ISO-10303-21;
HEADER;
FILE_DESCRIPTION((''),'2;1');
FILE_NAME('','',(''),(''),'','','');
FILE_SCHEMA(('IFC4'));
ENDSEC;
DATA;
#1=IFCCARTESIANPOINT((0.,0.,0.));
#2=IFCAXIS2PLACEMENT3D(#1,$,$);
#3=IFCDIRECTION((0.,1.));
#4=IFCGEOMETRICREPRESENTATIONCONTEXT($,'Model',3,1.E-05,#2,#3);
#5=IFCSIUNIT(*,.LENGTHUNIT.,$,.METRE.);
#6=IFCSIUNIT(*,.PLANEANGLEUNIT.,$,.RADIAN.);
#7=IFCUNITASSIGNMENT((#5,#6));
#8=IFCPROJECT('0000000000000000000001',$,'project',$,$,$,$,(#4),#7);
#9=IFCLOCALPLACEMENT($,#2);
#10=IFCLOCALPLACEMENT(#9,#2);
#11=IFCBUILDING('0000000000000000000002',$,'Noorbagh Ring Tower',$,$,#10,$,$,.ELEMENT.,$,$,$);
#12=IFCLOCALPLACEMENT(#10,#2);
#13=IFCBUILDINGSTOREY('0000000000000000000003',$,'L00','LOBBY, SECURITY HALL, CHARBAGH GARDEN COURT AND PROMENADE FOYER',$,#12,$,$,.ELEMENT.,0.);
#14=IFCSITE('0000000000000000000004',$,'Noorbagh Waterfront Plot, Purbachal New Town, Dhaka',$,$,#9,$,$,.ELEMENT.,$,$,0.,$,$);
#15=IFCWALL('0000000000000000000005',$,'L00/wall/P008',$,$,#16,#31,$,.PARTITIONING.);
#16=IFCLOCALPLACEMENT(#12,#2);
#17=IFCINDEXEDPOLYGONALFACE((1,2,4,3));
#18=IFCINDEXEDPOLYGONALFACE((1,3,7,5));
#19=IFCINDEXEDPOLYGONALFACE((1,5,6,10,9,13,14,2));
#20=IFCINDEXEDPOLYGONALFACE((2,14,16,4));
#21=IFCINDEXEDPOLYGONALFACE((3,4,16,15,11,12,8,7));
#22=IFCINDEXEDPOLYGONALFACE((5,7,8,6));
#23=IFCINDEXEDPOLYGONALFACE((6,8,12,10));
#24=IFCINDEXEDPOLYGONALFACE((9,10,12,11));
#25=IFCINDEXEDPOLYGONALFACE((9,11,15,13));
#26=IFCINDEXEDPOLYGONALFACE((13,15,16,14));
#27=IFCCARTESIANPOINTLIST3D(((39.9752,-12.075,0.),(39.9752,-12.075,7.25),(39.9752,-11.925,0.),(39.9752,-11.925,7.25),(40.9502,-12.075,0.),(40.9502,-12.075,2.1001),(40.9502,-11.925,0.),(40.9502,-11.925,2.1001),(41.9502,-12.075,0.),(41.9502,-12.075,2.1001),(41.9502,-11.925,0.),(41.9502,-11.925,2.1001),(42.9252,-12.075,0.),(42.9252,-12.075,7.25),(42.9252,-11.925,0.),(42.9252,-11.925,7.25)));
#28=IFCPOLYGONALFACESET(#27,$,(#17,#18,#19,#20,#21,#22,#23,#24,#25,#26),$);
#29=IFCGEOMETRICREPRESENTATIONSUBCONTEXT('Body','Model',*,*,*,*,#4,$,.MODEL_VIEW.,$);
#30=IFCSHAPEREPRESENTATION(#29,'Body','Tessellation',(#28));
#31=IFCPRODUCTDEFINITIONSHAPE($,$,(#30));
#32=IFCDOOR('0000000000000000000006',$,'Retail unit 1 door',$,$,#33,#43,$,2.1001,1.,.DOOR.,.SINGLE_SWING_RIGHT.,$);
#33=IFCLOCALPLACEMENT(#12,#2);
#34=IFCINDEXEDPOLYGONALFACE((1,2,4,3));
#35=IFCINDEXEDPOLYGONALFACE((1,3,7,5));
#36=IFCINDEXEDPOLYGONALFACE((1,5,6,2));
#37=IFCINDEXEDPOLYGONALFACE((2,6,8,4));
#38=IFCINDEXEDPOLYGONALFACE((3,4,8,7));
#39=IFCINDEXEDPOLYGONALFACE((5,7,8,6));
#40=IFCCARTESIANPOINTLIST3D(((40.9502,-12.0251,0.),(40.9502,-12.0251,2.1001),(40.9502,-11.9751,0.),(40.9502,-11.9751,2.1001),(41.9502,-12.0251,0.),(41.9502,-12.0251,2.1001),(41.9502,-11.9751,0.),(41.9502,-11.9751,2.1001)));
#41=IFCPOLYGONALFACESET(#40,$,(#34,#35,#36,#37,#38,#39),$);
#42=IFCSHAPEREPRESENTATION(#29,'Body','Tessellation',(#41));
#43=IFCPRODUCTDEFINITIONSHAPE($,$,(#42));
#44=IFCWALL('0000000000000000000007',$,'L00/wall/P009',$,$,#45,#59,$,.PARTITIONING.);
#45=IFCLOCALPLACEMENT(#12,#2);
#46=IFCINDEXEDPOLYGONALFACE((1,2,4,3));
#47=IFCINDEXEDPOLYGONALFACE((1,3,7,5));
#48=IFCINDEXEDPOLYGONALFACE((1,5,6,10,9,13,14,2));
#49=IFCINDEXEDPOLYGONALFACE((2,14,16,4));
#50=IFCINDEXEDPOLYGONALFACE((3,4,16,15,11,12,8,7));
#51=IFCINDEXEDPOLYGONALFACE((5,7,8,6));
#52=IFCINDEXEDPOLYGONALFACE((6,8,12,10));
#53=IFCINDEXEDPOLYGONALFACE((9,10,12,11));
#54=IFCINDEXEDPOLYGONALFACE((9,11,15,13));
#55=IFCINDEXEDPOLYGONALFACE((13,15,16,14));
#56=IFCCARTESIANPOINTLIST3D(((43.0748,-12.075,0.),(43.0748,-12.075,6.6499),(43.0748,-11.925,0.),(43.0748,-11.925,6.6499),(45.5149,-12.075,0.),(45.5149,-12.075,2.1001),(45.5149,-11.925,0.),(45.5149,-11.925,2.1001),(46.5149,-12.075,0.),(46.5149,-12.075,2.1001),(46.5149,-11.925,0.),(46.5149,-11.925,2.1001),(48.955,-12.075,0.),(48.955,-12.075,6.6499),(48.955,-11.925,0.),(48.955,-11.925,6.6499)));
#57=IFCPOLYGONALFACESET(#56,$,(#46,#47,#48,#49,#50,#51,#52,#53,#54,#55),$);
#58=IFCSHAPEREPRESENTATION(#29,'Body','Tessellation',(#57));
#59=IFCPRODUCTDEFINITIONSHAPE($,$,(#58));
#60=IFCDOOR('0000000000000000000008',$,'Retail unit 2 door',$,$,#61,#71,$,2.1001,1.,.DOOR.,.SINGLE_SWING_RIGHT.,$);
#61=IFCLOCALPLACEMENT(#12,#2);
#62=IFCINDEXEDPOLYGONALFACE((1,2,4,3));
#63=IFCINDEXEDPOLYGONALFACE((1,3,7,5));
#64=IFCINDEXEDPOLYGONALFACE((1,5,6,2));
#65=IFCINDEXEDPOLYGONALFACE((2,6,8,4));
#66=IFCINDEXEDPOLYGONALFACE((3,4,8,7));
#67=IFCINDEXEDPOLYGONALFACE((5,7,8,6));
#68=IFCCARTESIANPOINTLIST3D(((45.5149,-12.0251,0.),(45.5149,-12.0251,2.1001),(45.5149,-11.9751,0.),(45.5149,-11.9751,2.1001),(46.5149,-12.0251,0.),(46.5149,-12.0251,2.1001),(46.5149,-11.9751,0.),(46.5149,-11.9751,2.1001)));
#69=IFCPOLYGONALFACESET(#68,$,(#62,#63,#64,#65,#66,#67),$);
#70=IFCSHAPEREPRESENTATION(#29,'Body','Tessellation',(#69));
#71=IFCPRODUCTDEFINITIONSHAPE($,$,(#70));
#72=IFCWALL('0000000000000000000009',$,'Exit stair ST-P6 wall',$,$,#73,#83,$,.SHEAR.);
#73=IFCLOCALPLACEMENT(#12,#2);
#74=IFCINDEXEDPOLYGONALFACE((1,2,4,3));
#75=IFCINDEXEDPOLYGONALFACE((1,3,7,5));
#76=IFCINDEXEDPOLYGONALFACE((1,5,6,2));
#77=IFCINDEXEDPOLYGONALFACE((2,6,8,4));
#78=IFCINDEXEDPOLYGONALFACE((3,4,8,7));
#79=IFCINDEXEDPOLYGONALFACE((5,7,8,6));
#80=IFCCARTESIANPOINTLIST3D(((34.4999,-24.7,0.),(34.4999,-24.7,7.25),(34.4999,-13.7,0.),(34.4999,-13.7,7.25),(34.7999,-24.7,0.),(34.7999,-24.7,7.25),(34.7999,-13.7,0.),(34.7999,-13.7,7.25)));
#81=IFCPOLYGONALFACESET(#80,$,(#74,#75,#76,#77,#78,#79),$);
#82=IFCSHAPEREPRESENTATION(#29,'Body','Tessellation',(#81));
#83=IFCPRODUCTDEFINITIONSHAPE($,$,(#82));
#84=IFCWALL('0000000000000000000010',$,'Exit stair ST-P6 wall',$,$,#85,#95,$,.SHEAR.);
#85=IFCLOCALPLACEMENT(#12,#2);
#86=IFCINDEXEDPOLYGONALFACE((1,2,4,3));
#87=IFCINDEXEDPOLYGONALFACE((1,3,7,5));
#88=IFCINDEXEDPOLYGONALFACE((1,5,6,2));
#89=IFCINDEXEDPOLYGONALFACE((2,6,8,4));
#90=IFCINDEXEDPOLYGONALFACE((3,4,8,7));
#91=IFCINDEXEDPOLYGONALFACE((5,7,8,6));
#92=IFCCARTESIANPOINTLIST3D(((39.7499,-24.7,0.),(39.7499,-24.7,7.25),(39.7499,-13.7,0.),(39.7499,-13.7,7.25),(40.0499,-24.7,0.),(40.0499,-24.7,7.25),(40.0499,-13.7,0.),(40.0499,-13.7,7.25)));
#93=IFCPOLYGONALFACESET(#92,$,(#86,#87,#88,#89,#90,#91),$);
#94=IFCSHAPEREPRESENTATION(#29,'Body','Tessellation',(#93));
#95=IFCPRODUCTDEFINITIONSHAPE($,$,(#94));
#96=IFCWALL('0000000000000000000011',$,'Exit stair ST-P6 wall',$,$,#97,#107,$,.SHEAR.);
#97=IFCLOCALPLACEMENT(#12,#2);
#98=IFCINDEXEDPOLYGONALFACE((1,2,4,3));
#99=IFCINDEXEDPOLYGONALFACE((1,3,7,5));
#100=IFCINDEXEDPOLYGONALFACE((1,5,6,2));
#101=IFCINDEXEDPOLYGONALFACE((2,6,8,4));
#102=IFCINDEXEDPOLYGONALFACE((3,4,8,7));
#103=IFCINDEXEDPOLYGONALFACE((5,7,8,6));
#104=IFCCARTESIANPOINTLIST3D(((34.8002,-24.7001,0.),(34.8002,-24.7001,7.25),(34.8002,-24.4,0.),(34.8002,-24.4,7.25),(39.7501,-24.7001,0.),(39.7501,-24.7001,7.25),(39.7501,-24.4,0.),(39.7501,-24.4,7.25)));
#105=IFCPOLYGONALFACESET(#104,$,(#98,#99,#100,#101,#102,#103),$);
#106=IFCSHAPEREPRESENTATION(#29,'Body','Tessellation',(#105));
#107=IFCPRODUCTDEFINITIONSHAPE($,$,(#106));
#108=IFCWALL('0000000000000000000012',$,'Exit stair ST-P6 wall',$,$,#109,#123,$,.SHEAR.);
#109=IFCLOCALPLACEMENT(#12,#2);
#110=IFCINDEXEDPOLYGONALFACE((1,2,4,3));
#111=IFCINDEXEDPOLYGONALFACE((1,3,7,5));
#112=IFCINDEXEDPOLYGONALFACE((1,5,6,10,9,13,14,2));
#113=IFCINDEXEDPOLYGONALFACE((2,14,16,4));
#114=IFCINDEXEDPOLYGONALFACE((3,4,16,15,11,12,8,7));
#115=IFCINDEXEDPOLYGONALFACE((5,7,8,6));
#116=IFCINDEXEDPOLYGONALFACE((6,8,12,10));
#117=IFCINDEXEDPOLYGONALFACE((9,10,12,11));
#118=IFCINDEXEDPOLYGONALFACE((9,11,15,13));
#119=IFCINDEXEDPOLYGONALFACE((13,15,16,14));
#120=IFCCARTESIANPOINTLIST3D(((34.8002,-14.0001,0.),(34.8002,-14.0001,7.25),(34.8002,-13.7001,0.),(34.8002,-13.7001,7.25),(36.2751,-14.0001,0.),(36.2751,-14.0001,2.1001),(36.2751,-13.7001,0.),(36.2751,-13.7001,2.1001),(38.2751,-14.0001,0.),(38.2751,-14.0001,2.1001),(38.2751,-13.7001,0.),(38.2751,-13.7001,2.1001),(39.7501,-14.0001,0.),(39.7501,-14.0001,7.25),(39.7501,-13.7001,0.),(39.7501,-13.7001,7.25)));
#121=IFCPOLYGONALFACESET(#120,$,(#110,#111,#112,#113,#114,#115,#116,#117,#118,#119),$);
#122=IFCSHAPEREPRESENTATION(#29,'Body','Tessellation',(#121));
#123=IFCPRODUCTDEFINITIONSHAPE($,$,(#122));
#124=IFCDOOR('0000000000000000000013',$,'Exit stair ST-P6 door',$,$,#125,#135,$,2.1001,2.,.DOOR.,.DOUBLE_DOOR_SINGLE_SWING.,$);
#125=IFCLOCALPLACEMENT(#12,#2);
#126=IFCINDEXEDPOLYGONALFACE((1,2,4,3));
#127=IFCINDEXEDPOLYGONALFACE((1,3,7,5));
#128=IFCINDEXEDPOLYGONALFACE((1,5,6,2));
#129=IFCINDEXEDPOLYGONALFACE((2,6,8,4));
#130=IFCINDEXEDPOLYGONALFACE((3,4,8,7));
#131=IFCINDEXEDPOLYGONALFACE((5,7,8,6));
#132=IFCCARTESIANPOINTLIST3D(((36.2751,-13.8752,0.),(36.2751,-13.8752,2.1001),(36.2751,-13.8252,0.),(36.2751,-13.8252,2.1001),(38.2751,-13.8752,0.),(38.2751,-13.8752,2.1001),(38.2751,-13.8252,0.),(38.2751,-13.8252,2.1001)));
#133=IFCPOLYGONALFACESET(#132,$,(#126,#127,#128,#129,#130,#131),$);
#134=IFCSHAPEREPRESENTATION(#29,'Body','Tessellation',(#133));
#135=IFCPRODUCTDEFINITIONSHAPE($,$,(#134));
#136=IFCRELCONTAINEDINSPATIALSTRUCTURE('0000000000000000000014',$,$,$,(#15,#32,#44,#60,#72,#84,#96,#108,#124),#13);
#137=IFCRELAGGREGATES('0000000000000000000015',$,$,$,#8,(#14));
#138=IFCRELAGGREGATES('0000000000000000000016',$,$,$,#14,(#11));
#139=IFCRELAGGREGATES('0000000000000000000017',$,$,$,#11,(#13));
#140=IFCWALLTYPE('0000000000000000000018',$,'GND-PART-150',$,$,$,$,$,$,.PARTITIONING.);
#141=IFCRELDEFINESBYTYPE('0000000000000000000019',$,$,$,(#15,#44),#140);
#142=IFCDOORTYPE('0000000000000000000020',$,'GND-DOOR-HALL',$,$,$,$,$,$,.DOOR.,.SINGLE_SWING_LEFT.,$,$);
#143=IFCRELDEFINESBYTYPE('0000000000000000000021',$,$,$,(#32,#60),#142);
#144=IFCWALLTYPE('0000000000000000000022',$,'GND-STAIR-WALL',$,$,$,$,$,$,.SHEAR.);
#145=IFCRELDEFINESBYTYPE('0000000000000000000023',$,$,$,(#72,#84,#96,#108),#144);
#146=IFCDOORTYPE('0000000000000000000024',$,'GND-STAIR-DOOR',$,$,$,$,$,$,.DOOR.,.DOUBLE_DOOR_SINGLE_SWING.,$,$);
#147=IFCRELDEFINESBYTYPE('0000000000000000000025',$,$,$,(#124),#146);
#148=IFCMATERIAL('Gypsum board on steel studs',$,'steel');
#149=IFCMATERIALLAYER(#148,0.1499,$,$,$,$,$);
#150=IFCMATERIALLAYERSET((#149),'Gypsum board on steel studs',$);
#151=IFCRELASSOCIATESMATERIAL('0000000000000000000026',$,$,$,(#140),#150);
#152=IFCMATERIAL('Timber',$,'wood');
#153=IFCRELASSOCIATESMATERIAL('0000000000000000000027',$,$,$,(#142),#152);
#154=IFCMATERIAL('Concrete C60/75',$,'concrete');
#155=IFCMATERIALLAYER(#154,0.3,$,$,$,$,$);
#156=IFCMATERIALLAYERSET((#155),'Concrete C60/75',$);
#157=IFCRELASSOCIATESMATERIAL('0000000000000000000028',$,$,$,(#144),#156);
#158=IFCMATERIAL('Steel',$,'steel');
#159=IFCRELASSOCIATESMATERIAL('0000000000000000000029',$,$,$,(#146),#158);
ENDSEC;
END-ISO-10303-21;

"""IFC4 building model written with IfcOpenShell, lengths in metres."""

from ifc_helpers import new_model, si_unit, direction, frame, frame_2d, origin, place, context, subcontext, project, spatial, rectangle, extrude, material, layer, layer_set, type_object, element, fill, save


model = new_model("IFC4")

# Units and contexts
model_context = context("Model", 3, precision=1e-05, world=origin(), true_north=direction((0.0, 1.0)))
body_context = subcontext(model_context, "Body", "Model", "MODEL_VIEW")
ifc_project = project(units=[si_unit("LENGTHUNIT", "METRE"), si_unit("PLANEANGLEUNIT", "RADIAN")], contexts=[model_context])

# Site, building, storey
site_placement = place(None, origin())
site = spatial("IfcSite", under=ifc_project, at=site_placement, Name="Noorbagh Waterfront Plot, Purbachal New Town, Dhaka", CompositionType="ELEMENT", RefElevation=0.0)
building_placement = place(site_placement, origin())
building = spatial("IfcBuilding", under=site, at=building_placement, Name="Noorbagh Ring Tower", CompositionType="ELEMENT")
storey_placement = place(building_placement, origin())
storey = spatial("IfcBuildingStorey", under=building, at=storey_placement, Name="L00", Description="LOBBY, SECURITY HALL, CHARBAGH GARDEN COURT AND PROMENADE FOYER", CompositionType="ELEMENT", Elevation=0.0)

# Shared definitions
ifc_material_1 = material(Name="Gypsum board on steel studs", Category="steel")
ifc_layer_1 = layer(ifc_material_1, 0.1499)
ifc_layer_set_1 = layer_set([ifc_layer_1], Name="Gypsum board on steel studs")
wall_type_1 = type_object("IfcWallType", Name="GND-PART-150", PredefinedType="PARTITIONING", material=ifc_layer_set_1)

# Walls, openings, doors
wall_1_placement = place(storey_placement, frame((39.9751, -12.0, 0.0), z_axis=(0.0, 0.0, 1.0), x_axis=(1.0, 0.0, 0.0)))
wall_1 = element("IfcWall", 1, at=wall_1_placement, inside=storey, type_object=wall_type_1, Name="L00/wall/P008", PredefinedType="PARTITIONING", context=body_context, shape_type="SweptSolid", body=[
    extrude(rectangle(XDim=2.95, YDim=0.1499, at=frame_2d((1.4751, 0.0))), origin(), (0.0, 0.0, 1.0), 7.25),
])
opening_1_placement = place(wall_1_placement, frame((0.9751, 0.0, 0.0)))
opening_1 = element("IfcOpeningElement", 2, at=opening_1_placement, cuts=wall_1, PredefinedType="OPENING", context=body_context, shape_type="SweptSolid", body=[
    extrude(rectangle(XDim=1.0, YDim=2.1001, at=frame_2d((0.5, 1.05))), frame((0.0, 0.085, 0.0), z_axis=(0.0, -1.0, 0.0), x_axis=(1.0, 0.0, 0.0)), (0.0, 0.0, 1.0), 0.1699),
])
ifc_material_2 = material(Name="Timber", Category="wood")
door_type_1 = type_object("IfcDoorType", Name="GND-DOOR-HALL", OperationType="SINGLE_SWING_LEFT", PredefinedType="DOOR", material=ifc_material_2)
door_1_placement = place(opening_1_placement, origin())
door_1 = element("IfcDoor", 3, at=door_1_placement, inside=storey, type_object=door_type_1, Name="Retail unit 1 door", OperationType="SINGLE_SWING_RIGHT", OverallHeight=2.1001, OverallWidth=1.0, PredefinedType="DOOR", context=body_context, shape_type="SweptSolid", body=[
    extrude(rectangle(XDim=1.0, YDim=2.1001, at=frame_2d((0.5, 1.05))), frame((0.0, 0.0249, 0.0), z_axis=(0.0, -1.0, 0.0), x_axis=(1.0, 0.0, 0.0)), (0.0, 0.0, 1.0), 0.05),
])
fill(opening_1, door_1)
wall_2_placement = place(storey_placement, frame((43.075, -12.0, 0.0), z_axis=(0.0, 0.0, 1.0), x_axis=(1.0, 0.0, 0.0)))
wall_2 = element("IfcWall", 4, at=wall_2_placement, inside=storey, type_object=wall_type_1, Name="L00/wall/P009", PredefinedType="PARTITIONING", context=body_context, shape_type="SweptSolid", body=[
    extrude(rectangle(XDim=5.8801, YDim=0.1499, at=frame_2d((2.9399, 0.0))), origin(), (0.0, 0.0, 1.0), 6.6499),
])
opening_2_placement = place(wall_2_placement, frame((2.4399, 0.0, 0.0)))
opening_2 = element("IfcOpeningElement", 5, at=opening_2_placement, cuts=wall_2, PredefinedType="OPENING", context=body_context, shape_type="SweptSolid", body=[
    extrude(rectangle(XDim=1.0, YDim=2.1001, at=frame_2d((0.5, 1.05))), frame((0.0, 0.085, 0.0), z_axis=(0.0, -1.0, 0.0), x_axis=(1.0, 0.0, 0.0)), (0.0, 0.0, 1.0), 0.1699),
])
door_2_placement = place(opening_2_placement, origin())
door_2 = element("IfcDoor", 6, at=door_2_placement, inside=storey, type_object=door_type_1, Name="Retail unit 2 door", OperationType="SINGLE_SWING_RIGHT", OverallHeight=2.1001, OverallWidth=1.0, PredefinedType="DOOR", context=body_context, shape_type="SweptSolid", body=[
    extrude(rectangle(XDim=1.0, YDim=2.1001, at=frame_2d((0.5, 1.05))), frame((0.0, 0.0249, 0.0), z_axis=(0.0, -1.0, 0.0), x_axis=(1.0, 0.0, 0.0)), (0.0, 0.0, 1.0), 0.05),
])
fill(opening_2, door_2)

# Walls
ifc_material_3 = material(Name="Concrete C60/75", Category="concrete")
ifc_layer_2 = layer(ifc_material_3, 0.3)
ifc_layer_set_2 = layer_set([ifc_layer_2], Name="Concrete C60/75")
wall_type_2 = type_object("IfcWallType", Name="GND-STAIR-WALL", PredefinedType="SHEAR", material=ifc_layer_set_2)
for number, where, z_axis, x_axis, name in (
    (7, (34.6499, -24.7, 0.0), (0.0, 0.0, 1.0), (0.0, 1.0, 0.0), "Exit stair ST-P6 wall"),
    (8, (39.8999, -24.7, 0.0), (0.0, 0.0, 1.0), (0.0, 1.0, 0.0), "Exit stair ST-P6 wall"),
):
    element("IfcWall", number, at=place(storey_placement, frame(where, z_axis=z_axis, x_axis=x_axis)), inside=storey, type_object=wall_type_2, Name=name, PredefinedType="SHEAR", context=body_context, shape_type="SweptSolid", body=[
        extrude(rectangle(XDim=11.0, YDim=0.3, at=frame_2d((5.5, 0.0))), origin(), (0.0, 0.0, 1.0), 7.25),
    ])
wall_3_placement = place(storey_placement, frame((34.8, -24.55, 0.0), z_axis=(0.0, 0.0, 1.0), x_axis=(1.0, 0.0, 0.0)))
element("IfcWall", 9, at=wall_3_placement, inside=storey, type_object=wall_type_2, Name="Exit stair ST-P6 wall", PredefinedType="SHEAR", context=body_context, shape_type="SweptSolid", body=[
    extrude(rectangle(XDim=4.95, YDim=0.3, at=frame_2d((2.4751, 0.0))), origin(), (0.0, 0.0, 1.0), 7.25),
])

# Wall, opening, door
wall_4_placement = place(storey_placement, frame((34.8, -13.8501, 0.0), z_axis=(0.0, 0.0, 1.0), x_axis=(1.0, 0.0, 0.0)))
wall_4 = element("IfcWall", 10, at=wall_4_placement, inside=storey, type_object=wall_type_2, Name="Exit stair ST-P6 wall", PredefinedType="SHEAR", context=body_context, shape_type="SweptSolid", body=[
    extrude(rectangle(XDim=4.95, YDim=0.3, at=frame_2d((2.4751, 0.0))), origin(), (0.0, 0.0, 1.0), 7.25),
])
opening_3_placement = place(wall_4_placement, frame((1.4751, 0.0, 0.0)))
opening_3 = element("IfcOpeningElement", 11, at=opening_3_placement, cuts=wall_4, PredefinedType="OPENING", context=body_context, shape_type="SweptSolid", body=[
    extrude(rectangle(XDim=2.0, YDim=2.1001, at=frame_2d((1.0, 1.05))), frame((0.0, 0.1602, 0.0), z_axis=(0.0, -1.0, 0.0), x_axis=(1.0, 0.0, 0.0)), (0.0, 0.0, 1.0), 0.3201),
])
ifc_material_4 = material(Name="Steel", Category="steel")
door_type_2 = type_object("IfcDoorType", Name="GND-STAIR-DOOR", OperationType="DOUBLE_DOOR_SINGLE_SWING", PredefinedType="DOOR", material=ifc_material_4)
door_3_placement = place(opening_3_placement, origin())
door_3 = element("IfcDoor", 12, at=door_3_placement, inside=storey, type_object=door_type_2, Name="Exit stair ST-P6 door", OperationType="DOUBLE_DOOR_SINGLE_SWING", OverallHeight=2.1001, OverallWidth=2.0, PredefinedType="DOOR", context=body_context, shape_type="SweptSolid", body=[
    extrude(rectangle(XDim=2.0, YDim=2.1001, at=frame_2d((1.0, 1.05))), frame((0.0, 0.0249, 0.0), z_axis=(0.0, -1.0, 0.0), x_axis=(1.0, 0.0, 0.0)), (0.0, 0.0, 1.0), 0.05),
])
fill(opening_3, door_3)

save(model, "model.ifc")
